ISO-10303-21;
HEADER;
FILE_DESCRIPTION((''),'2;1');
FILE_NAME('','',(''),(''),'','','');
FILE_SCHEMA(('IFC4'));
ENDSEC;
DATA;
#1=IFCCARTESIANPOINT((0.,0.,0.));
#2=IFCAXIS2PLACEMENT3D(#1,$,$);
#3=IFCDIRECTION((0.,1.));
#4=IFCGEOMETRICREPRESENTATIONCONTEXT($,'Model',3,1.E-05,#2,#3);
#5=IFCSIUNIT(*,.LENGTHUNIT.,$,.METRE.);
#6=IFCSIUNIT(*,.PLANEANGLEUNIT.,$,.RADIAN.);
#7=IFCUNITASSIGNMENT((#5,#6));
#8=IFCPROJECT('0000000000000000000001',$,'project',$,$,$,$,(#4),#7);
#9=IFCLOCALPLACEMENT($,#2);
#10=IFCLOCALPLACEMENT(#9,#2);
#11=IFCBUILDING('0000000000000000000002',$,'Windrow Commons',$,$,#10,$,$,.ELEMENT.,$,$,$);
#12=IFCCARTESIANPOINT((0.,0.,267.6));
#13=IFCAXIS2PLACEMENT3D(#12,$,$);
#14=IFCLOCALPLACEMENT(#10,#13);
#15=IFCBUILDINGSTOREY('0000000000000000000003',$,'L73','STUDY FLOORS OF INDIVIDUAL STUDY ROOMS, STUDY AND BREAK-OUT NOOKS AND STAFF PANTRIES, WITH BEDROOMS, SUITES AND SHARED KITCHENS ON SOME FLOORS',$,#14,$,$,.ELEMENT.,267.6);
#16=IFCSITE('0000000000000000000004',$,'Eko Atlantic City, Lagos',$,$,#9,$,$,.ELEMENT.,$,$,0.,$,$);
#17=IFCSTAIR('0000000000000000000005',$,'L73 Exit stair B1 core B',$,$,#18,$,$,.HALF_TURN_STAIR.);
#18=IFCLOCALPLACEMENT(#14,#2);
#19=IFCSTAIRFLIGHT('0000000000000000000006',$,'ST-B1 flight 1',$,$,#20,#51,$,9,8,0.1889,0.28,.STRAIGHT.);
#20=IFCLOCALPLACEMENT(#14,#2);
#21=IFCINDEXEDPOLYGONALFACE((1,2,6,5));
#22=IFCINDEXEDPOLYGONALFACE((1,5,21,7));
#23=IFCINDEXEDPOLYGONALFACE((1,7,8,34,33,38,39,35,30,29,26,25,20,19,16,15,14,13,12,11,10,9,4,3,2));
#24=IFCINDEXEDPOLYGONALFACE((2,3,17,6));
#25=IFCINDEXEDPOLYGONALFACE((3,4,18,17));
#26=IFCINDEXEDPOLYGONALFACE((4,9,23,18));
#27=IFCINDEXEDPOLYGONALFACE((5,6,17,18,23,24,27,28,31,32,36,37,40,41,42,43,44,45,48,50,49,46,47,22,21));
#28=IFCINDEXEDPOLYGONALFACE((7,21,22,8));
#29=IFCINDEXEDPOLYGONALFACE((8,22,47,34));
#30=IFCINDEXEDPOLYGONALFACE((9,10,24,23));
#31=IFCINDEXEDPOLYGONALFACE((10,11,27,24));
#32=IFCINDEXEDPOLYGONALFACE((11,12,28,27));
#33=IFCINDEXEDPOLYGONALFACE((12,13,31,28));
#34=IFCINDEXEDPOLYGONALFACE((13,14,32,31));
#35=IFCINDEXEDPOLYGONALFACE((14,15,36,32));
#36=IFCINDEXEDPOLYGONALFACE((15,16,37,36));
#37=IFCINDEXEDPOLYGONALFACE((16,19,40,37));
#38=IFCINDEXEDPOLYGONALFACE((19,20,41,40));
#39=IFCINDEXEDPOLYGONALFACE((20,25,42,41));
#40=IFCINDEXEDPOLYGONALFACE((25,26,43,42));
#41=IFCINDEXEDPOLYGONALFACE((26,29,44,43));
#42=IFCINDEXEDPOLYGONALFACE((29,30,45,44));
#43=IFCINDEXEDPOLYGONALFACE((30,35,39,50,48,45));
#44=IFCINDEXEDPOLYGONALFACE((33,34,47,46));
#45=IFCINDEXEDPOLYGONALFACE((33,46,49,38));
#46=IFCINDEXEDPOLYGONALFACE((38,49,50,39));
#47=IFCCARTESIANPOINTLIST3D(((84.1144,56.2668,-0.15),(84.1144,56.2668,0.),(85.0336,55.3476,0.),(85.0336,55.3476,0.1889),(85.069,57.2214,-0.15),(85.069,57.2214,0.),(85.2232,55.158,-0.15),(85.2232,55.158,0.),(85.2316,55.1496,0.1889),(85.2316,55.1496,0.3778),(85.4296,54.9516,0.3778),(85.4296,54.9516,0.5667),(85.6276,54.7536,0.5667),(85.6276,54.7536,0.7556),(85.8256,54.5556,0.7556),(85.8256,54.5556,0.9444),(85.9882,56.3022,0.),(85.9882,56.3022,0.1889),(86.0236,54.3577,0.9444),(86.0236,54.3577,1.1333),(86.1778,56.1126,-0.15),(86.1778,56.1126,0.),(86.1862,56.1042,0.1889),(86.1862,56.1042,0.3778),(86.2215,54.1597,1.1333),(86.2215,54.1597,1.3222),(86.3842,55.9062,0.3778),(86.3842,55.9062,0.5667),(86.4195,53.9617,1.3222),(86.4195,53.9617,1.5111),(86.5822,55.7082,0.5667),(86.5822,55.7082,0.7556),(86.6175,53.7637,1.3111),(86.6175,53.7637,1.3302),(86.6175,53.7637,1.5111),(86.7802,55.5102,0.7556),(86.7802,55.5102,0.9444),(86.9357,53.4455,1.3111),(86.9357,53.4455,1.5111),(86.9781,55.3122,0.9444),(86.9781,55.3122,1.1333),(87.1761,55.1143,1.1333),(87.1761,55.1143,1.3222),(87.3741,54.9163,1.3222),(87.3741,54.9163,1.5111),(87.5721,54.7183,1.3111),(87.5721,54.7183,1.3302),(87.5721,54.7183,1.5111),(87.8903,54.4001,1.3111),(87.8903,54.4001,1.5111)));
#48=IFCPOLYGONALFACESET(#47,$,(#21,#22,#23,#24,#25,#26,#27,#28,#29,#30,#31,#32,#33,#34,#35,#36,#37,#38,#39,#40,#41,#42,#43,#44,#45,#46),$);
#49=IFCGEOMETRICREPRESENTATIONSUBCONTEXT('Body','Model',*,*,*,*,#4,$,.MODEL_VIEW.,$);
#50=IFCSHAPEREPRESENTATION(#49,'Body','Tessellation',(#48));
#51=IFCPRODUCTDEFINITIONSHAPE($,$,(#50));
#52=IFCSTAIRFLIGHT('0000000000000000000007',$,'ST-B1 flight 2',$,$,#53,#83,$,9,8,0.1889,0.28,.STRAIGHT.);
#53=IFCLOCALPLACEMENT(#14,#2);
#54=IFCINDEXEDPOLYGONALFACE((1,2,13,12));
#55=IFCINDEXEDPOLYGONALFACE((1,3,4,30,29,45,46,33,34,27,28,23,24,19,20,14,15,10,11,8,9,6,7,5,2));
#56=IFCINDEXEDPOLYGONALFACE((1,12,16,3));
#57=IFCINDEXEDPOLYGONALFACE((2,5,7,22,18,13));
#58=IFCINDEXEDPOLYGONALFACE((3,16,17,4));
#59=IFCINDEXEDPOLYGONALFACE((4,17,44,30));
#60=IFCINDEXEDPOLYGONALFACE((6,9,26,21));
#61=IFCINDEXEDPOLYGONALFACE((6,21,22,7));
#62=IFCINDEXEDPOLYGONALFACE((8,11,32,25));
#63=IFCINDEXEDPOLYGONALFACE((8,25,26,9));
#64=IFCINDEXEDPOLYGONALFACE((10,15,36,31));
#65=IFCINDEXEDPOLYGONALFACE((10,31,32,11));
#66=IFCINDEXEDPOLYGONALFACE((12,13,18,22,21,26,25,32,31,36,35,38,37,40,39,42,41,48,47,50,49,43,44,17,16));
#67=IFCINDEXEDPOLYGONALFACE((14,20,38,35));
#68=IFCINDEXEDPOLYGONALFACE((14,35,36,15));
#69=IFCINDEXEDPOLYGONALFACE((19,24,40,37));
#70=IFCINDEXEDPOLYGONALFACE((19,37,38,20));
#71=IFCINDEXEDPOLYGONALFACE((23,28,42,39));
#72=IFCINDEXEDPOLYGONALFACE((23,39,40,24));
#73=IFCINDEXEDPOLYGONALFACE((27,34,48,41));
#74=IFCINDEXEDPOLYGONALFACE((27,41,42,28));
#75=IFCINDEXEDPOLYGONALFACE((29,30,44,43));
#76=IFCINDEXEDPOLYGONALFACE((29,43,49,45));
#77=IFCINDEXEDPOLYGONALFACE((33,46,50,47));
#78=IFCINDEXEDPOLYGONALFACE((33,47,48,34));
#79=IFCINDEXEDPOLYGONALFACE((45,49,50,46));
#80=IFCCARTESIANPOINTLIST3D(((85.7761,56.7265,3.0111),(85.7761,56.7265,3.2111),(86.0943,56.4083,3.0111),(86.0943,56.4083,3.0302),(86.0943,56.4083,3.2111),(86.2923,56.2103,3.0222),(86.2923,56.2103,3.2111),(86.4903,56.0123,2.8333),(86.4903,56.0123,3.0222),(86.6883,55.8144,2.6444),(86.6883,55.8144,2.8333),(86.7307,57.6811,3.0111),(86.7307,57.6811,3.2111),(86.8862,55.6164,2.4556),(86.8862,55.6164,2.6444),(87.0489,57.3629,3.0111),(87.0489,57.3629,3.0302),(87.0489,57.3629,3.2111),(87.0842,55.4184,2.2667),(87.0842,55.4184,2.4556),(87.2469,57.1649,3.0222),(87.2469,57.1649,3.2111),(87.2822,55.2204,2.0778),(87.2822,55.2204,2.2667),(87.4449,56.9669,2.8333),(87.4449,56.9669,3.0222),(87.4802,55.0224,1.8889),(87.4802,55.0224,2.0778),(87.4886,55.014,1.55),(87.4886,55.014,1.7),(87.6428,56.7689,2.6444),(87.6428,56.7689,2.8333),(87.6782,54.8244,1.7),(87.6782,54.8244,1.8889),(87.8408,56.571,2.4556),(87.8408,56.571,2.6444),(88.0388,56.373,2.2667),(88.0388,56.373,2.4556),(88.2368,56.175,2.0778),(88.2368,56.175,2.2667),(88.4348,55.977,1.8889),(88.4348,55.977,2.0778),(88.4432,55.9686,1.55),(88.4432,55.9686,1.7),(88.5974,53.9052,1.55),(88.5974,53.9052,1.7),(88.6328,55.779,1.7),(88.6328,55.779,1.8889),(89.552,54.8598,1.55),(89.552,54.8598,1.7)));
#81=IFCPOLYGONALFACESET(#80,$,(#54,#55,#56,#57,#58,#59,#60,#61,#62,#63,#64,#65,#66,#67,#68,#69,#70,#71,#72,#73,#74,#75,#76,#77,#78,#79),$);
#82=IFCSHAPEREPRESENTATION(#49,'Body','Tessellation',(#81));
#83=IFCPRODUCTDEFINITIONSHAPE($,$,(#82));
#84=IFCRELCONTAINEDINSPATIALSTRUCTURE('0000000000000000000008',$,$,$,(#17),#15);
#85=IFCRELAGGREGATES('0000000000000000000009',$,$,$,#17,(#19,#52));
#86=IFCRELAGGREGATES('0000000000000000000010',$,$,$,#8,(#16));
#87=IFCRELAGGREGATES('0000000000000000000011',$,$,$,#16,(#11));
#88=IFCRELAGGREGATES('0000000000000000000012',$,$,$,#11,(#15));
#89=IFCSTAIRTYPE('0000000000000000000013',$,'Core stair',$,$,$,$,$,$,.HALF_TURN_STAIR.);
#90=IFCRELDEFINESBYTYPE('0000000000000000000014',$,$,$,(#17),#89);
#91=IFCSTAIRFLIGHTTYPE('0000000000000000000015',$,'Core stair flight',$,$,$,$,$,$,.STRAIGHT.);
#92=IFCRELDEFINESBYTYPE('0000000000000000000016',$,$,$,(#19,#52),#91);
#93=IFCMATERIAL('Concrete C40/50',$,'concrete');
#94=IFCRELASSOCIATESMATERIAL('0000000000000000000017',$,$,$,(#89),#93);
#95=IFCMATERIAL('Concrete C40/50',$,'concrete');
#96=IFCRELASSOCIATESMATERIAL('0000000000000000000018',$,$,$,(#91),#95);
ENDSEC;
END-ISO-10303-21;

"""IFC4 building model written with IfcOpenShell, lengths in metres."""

from ifc_helpers import new_model, si_unit, direction, frame, origin, place, context, subcontext, project, spatial, polyline, outline, extrude, material, type_object, element, aggregate, save


model = new_model("IFC4")

# Units and contexts
model_context = context("Model", 3, precision=1e-05, world=origin(), true_north=direction((0.0, 1.0)))
body_context = subcontext(model_context, "Body", "Model", "MODEL_VIEW")
ifc_project = project(units=[si_unit("LENGTHUNIT", "METRE"), si_unit("PLANEANGLEUNIT", "RADIAN")], contexts=[model_context])

# Site, building, storey
site_placement = place(None, origin())
site = spatial("IfcSite", under=ifc_project, at=site_placement, Name="Eko Atlantic City, Lagos", CompositionType="ELEMENT", RefElevation=0.0)
building_placement = place(site_placement, origin())
building = spatial("IfcBuilding", under=site, at=building_placement, Name="Windrow Commons", CompositionType="ELEMENT")
storey_placement = place(building_placement, frame((0.0, 0.0, 267.6)))
storey = spatial("IfcBuildingStorey", under=building, at=storey_placement, Name="L73", Description="STUDY FLOORS OF INDIVIDUAL STUDY ROOMS, STUDY AND BREAK-OUT NOOKS AND STAFF PANTRIES, WITH BEDROOMS, SUITES AND SHARED KITCHENS ON SOME FLOORS", CompositionType="ELEMENT", Elevation=267.6)

# Stair, stair flights
ifc_material_1 = material(Name="Concrete C40/50", Category="concrete")
stair_type = type_object("IfcStairType", Name="Core stair", PredefinedType="HALF_TURN_STAIR", material=ifc_material_1)
stair_placement = place(storey_placement, origin())
stair = element("IfcStair", 1, at=stair_placement, inside=storey, type_object=stair_type, Name="L73 Exit stair B1 core B", PredefinedType="HALF_TURN_STAIR")
ifc_material_2 = material(Name="Concrete C40/50", Category="concrete")
stair_flight_type = type_object("IfcStairFlightType", Name="Core stair flight", PredefinedType="STRAIGHT", material=ifc_material_2)
stair_flight_1_placement = place(storey_placement, frame((85.5109, 55.8249, 0.0), z_axis=(0.0, 0.0, 1.0), x_axis=(0.707107, -0.707107, 0.0)))
stair_flight_1 = element("IfcStairFlight", 2, at=stair_flight_1_placement, type_object=stair_flight_type, Name="ST-B1 flight 1", NumberOfRisers=9, NumberOfTreads=8, PredefinedType="STRAIGHT", RiserHeight=0.1889, TreadLength=0.28, context=body_context, shape_type="SweptSolid", body=[
    extrude(outline(polyline([(-1.3, -0.15), (-1.3, 0.0), (0.0, 0.0), (0.0, 0.1889), (0.28, 0.1889), (0.28, 0.3778), (0.56, 0.3778), (0.56, 0.5667), (0.84, 0.5667), (0.84, 0.7556), (1.12, 0.7556), (1.12, 0.9444), (1.4, 0.9444), (1.4, 1.1333), (1.68, 1.1333), (1.68, 1.3222), (1.96, 1.3222), (1.96, 1.5111), (2.24, 1.5111), (2.69, 1.5111), (2.69, 1.3111), (2.24, 1.3111), (2.24, 1.3302), (0.2682, 0.0), (0.2682, -0.15), (-1.3, -0.15)])), frame((0.0, 0.675, 0.0), z_axis=(0.0, -1.0, 0.0), x_axis=(1.0, 0.0, 0.0)), (0.0, 0.0, 1.0), 1.35),
])
stair_flight_2_placement = place(storey_placement, frame((88.1555, 55.3017, 1.7), z_axis=(0.0, 0.0, 1.0), x_axis=(-0.707107, 0.707107, 0.0)))
stair_flight_2 = element("IfcStairFlight", 3, at=stair_flight_2_placement, type_object=stair_flight_type, Name="ST-B1 flight 2", NumberOfRisers=9, NumberOfTreads=8, PredefinedType="STRAIGHT", RiserHeight=0.1889, TreadLength=0.28, context=body_context, shape_type="SweptSolid", body=[
    extrude(outline(polyline([(-1.3, -0.15), (-1.3, 0.0), (0.0, 0.0), (0.0, 0.1889), (0.28, 0.1889), (0.28, 0.3778), (0.56, 0.3778), (0.56, 0.5667), (0.84, 0.5667), (0.84, 0.7556), (1.12, 0.7556), (1.12, 0.9444), (1.4, 0.9444), (1.4, 1.1333), (1.68, 1.1333), (1.68, 1.3222), (1.96, 1.3222), (1.96, 1.5111), (2.24, 1.5111), (2.69, 1.5111), (2.69, 1.3111), (2.24, 1.3111), (2.24, 1.3302), (0.2682, 0.0), (0.2682, -0.15), (-1.3, -0.15)])), frame((0.0, 0.675, 0.0), z_axis=(0.0, -1.0, 0.0), x_axis=(1.0, 0.0, 0.0)), (0.0, 0.0, 1.0), 1.35),
])
aggregate(stair, [stair_flight_1, stair_flight_2])

save(model, "model.ifc")
